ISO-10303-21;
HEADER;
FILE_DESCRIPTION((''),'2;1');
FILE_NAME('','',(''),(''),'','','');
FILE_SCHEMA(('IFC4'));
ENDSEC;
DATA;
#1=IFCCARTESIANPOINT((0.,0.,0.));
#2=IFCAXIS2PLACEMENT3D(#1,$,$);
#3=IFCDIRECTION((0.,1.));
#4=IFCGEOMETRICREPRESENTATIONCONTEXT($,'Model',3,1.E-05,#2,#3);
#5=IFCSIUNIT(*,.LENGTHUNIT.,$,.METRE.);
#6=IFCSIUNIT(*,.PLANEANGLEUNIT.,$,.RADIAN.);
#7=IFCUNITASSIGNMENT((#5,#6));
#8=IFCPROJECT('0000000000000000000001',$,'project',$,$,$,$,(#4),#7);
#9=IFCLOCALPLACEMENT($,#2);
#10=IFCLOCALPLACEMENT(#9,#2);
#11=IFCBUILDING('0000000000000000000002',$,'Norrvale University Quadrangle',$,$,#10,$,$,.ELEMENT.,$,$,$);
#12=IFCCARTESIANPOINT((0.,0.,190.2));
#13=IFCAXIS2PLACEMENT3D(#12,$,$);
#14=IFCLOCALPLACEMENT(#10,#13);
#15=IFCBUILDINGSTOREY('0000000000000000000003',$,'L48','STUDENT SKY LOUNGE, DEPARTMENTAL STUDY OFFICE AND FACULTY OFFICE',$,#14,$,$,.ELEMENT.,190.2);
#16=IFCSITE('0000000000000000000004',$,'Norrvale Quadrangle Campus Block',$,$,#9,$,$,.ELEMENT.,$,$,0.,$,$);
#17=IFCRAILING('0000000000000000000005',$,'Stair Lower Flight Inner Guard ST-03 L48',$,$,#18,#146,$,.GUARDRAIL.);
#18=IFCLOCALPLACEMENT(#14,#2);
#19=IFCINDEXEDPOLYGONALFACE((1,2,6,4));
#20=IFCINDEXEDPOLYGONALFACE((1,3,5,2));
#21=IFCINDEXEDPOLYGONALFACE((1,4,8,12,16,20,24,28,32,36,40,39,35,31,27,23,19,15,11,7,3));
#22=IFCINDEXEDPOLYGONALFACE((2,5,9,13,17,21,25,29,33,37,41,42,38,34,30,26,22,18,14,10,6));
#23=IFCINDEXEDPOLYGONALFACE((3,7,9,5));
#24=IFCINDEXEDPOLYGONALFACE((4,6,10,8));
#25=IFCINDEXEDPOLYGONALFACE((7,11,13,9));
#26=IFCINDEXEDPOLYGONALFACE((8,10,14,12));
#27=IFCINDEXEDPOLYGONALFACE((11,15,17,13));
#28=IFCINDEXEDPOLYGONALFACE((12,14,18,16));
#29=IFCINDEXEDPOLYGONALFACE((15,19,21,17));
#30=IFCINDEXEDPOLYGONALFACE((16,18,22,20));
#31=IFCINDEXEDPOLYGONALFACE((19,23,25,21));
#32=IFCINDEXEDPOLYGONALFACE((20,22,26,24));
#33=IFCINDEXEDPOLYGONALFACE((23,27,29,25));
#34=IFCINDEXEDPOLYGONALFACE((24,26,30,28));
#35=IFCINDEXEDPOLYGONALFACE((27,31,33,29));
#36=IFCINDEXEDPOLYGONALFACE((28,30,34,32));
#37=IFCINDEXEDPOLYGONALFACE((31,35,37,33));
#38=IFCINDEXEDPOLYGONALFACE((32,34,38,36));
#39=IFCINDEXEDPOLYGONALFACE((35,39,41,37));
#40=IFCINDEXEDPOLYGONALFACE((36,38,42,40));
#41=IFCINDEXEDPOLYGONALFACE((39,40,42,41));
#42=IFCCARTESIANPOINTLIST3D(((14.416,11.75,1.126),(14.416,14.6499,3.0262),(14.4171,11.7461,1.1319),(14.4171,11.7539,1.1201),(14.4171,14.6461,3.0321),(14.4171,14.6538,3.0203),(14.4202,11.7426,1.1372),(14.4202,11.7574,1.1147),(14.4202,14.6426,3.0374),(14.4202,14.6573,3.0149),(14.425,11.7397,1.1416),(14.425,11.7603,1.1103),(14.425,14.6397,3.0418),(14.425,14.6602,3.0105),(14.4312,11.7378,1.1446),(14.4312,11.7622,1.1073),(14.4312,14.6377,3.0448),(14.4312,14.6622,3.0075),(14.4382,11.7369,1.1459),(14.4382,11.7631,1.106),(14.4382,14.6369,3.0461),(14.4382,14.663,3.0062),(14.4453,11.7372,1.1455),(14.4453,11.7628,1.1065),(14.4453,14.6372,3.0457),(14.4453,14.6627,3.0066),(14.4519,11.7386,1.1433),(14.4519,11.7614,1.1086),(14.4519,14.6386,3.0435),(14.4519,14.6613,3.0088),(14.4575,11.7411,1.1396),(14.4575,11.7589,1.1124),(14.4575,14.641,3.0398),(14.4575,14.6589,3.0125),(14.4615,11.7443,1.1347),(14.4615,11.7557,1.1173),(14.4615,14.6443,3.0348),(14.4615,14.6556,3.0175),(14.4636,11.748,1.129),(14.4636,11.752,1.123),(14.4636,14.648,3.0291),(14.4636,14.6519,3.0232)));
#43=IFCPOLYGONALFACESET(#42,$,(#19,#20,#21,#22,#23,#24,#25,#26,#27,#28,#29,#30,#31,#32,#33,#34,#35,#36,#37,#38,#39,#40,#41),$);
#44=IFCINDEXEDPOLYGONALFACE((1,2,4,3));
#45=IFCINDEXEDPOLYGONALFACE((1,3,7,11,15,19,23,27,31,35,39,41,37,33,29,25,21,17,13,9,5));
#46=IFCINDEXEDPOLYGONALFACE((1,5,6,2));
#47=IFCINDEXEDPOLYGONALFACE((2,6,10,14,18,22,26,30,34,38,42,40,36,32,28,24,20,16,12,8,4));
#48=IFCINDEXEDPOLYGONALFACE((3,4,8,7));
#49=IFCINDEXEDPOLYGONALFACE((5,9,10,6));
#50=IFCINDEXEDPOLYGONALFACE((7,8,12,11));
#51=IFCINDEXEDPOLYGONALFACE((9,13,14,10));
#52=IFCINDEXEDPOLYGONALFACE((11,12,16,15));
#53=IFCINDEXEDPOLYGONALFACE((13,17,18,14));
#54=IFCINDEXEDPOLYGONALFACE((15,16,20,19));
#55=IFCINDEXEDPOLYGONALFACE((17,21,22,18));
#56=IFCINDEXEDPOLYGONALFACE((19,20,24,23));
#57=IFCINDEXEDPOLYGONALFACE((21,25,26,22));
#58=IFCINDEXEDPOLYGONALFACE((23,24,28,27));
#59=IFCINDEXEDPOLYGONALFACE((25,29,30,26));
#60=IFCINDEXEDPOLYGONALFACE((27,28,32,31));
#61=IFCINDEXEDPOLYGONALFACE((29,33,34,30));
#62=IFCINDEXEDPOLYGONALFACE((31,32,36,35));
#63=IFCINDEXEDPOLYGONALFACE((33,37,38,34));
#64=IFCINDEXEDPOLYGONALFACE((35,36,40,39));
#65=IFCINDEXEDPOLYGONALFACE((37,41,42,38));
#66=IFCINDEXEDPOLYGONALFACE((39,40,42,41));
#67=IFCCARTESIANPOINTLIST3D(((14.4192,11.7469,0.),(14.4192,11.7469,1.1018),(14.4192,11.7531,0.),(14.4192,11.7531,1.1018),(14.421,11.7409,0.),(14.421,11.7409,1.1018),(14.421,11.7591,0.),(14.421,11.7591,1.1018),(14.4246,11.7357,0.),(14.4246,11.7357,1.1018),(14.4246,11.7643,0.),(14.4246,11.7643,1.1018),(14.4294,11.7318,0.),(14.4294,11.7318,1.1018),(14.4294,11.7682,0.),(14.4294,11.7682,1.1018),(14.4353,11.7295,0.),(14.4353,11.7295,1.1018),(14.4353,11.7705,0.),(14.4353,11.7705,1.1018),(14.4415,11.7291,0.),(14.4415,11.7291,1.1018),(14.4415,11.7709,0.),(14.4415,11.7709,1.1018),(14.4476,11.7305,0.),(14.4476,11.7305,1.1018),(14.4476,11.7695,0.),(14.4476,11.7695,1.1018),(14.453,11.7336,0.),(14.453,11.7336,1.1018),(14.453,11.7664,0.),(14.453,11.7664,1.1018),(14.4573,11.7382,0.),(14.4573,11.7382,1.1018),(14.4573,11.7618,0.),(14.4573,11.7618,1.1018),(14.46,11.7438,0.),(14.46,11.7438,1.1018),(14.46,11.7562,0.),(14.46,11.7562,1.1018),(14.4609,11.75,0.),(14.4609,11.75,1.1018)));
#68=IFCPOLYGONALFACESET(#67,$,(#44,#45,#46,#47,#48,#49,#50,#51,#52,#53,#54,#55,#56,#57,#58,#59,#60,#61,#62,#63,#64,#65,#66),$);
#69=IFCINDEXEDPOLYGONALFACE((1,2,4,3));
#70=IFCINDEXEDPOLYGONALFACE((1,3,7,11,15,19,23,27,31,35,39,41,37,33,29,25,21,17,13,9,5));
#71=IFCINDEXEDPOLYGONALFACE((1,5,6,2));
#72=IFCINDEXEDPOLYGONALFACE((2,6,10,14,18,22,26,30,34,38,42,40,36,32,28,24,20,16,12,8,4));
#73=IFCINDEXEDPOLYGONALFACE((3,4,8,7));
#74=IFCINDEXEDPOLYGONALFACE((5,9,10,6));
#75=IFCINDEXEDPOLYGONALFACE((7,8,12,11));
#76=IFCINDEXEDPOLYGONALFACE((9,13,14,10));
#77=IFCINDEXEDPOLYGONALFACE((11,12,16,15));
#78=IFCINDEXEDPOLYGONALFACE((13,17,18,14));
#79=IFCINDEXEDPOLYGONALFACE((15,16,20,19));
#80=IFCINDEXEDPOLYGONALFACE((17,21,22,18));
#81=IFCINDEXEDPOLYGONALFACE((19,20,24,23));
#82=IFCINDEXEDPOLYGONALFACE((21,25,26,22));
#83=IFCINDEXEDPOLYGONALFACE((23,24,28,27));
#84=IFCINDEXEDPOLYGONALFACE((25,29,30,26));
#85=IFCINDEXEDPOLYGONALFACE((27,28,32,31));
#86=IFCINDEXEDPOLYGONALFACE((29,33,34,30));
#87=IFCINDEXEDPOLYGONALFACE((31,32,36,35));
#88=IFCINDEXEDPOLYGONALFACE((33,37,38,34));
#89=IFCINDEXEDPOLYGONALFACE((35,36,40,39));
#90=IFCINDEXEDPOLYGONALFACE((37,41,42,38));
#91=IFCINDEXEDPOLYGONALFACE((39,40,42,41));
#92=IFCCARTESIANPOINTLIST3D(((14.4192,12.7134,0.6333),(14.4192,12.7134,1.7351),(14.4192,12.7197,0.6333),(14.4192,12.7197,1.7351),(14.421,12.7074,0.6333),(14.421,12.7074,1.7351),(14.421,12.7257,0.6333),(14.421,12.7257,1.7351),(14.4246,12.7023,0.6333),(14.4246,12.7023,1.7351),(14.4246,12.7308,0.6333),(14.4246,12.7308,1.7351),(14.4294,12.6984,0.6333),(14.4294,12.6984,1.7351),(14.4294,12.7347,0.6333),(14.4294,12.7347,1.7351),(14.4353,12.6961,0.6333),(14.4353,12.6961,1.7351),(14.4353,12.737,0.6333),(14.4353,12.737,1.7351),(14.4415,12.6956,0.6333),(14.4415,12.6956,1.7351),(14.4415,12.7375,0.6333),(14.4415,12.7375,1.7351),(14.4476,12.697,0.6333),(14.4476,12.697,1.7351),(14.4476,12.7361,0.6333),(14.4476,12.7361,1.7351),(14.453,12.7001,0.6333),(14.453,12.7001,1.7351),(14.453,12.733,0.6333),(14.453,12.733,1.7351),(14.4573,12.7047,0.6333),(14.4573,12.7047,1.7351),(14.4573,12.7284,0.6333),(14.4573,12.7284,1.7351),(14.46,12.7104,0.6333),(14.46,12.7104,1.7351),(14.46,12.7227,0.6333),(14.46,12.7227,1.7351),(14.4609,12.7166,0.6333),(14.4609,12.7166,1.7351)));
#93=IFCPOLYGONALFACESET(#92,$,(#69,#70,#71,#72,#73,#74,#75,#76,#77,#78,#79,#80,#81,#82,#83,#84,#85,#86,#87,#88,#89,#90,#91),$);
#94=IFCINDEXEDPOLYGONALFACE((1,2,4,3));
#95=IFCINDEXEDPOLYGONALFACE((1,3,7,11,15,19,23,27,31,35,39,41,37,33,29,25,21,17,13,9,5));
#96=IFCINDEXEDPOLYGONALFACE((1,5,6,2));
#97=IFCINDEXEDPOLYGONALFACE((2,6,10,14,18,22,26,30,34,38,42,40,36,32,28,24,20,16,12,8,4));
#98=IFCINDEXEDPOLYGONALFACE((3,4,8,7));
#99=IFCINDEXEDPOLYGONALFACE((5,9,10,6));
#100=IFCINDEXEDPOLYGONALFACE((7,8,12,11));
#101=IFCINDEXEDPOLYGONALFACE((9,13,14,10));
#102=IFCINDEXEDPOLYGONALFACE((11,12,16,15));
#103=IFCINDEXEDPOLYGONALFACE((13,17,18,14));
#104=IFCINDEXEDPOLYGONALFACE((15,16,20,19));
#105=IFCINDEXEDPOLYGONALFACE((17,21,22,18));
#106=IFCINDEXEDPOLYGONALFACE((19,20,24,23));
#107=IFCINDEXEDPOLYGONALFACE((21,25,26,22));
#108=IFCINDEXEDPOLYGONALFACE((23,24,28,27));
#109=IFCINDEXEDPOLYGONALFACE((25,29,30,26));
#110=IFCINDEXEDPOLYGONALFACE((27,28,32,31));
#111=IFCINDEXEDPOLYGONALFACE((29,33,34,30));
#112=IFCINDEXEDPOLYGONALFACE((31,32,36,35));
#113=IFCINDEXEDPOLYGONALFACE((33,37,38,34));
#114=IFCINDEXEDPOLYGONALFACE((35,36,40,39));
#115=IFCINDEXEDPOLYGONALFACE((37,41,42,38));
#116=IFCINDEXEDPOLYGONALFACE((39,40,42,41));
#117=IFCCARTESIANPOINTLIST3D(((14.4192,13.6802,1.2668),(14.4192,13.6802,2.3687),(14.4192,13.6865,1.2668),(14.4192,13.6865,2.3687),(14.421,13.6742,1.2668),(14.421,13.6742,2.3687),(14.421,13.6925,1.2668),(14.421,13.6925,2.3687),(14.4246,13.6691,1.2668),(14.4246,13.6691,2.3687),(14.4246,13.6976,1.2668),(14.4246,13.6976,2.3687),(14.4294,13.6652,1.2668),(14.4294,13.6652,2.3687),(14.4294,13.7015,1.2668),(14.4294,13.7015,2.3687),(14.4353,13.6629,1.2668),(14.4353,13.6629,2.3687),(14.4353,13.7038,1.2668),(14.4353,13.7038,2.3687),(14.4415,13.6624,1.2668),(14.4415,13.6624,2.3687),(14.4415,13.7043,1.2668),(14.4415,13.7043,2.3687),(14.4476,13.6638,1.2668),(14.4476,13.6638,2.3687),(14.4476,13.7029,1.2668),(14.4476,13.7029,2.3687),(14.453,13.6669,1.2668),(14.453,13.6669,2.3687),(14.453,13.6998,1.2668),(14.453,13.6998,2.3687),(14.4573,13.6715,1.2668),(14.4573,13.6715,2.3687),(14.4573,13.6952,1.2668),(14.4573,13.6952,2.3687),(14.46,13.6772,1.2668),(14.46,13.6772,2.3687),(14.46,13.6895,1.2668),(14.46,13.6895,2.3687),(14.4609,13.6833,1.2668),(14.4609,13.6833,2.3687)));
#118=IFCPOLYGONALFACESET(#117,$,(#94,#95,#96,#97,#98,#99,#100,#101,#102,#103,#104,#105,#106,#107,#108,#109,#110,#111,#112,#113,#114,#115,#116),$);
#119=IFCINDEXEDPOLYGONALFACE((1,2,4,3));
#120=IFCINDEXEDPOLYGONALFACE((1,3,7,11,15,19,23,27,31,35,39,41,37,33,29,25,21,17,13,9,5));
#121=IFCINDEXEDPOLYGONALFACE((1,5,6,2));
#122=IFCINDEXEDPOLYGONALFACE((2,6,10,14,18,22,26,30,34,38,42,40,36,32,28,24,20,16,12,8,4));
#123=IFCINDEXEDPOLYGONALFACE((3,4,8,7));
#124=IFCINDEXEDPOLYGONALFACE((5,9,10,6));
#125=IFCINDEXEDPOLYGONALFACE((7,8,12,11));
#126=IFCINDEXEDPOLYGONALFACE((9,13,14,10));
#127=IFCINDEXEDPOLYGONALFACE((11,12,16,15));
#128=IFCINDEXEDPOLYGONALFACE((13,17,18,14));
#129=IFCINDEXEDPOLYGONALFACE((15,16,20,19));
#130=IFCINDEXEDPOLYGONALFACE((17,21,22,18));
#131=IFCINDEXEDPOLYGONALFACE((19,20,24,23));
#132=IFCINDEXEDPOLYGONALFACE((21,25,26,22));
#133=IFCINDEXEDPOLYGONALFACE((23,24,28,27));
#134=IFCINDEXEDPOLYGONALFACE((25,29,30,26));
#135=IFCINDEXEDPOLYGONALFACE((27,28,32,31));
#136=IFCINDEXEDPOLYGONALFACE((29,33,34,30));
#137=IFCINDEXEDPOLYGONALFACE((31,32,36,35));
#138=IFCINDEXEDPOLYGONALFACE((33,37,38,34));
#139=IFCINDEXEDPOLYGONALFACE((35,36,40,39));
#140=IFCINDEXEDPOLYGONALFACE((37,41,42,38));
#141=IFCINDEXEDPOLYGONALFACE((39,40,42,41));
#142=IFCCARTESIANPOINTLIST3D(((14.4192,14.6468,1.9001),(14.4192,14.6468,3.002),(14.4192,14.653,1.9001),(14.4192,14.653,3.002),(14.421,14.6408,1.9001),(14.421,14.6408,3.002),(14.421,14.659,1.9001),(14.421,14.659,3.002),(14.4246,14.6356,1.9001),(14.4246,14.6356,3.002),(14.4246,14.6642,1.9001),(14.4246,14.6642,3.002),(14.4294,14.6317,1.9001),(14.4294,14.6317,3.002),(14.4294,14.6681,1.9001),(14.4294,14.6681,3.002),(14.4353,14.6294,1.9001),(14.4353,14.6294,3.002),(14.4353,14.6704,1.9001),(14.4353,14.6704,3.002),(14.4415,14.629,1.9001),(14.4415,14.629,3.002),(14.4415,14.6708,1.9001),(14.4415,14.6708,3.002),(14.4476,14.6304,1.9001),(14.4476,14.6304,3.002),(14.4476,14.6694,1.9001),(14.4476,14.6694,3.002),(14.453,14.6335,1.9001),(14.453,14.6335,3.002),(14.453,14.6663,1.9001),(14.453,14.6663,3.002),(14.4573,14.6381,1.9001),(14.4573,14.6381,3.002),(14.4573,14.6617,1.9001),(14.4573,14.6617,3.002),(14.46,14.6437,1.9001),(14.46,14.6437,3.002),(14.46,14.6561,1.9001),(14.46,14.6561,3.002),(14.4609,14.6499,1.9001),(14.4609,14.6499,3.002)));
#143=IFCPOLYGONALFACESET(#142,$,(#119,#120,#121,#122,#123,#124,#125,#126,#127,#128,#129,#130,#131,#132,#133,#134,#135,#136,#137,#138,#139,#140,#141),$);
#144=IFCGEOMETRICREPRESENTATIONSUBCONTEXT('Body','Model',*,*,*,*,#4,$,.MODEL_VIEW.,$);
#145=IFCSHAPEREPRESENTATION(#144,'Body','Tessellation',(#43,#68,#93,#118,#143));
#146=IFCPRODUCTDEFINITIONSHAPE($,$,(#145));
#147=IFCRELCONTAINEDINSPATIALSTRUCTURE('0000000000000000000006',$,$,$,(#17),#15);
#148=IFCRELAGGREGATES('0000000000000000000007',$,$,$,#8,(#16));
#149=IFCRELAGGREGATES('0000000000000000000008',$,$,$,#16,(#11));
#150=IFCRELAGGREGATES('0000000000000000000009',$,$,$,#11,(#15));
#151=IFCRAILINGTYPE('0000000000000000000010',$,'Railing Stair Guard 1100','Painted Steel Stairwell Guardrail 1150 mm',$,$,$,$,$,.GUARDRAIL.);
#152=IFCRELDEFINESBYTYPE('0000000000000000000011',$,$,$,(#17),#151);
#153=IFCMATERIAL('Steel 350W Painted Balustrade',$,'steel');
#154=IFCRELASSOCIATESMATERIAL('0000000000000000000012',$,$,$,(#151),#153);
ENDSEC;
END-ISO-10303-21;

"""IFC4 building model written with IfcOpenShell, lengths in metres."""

from ifc_helpers import new_model, si_unit, direction, frame, origin, origin_2d, place, context, subcontext, project, spatial, circle, extrude, material, type_object, element, save


model = new_model("IFC4")

# Units and contexts
model_context = context("Model", 3, precision=1e-05, world=origin(), true_north=direction((0.0, 1.0)))
body_context = subcontext(model_context, "Body", "Model", "MODEL_VIEW")
ifc_project = project(units=[si_unit("LENGTHUNIT", "METRE"), si_unit("PLANEANGLEUNIT", "RADIAN")], contexts=[model_context])

# Site, building, storey
site_placement = place(None, origin())
site = spatial("IfcSite", under=ifc_project, at=site_placement, Name="Norrvale Quadrangle Campus Block", CompositionType="ELEMENT", RefElevation=0.0)
building_placement = place(site_placement, origin())
building = spatial("IfcBuilding", under=site, at=building_placement, Name="Norrvale University Quadrangle", CompositionType="ELEMENT")
storey_placement = place(building_placement, frame((0.0, 0.0, 190.2)))
storey = spatial("IfcBuildingStorey", under=building, at=storey_placement, Name="L48", Description="STUDENT SKY LOUNGE, DEPARTMENTAL STUDY OFFICE AND FACULTY OFFICE", CompositionType="ELEMENT", Elevation=190.2)

# Railing
ifc_material_1 = material(Name="Steel 350W Painted Balustrade", Category="steel")
railing_type_1 = type_object("IfcRailingType", Name="Railing Stair Guard 1100", Description="Painted Steel Stairwell Guardrail 1150 mm", PredefinedType="GUARDRAIL", material=ifc_material_1)
railing_1_placement = place(storey_placement, frame((14.4399, 11.75, 0.0)))
element("IfcRailing", 1, at=railing_1_placement, inside=storey, type_object=railing_type_1, Name="Stair Lower Flight Inner Guard ST-03 L48", PredefinedType="GUARDRAIL", context=body_context, shape_type="SweptSolid", body=[
    extrude(circle(Radius=0.0239, at=origin_2d()), frame((0.0, 0.0, 1.126), z_axis=(0.0, 0.836433, 0.548069), x_axis=(-1.0, 0.0, 0.0)), (0.0, 0.0, 1.0), 3.467),
    extrude(circle(Radius=0.021, at=origin_2d()), origin(), (0.0, 0.0, 1.0), 1.1018),
    extrude(circle(Radius=0.021, at=origin_2d()), frame((0.0, 0.9666, 0.6333)), (0.0, 0.0, 1.0), 1.1018),
    extrude(circle(Radius=0.021, at=origin_2d()), frame((0.0, 1.9333, 1.2668)), (0.0, 0.0, 1.0), 1.1018),
    extrude(circle(Radius=0.021, at=origin_2d()), frame((0.0, 2.8999, 1.9001)), (0.0, 0.0, 1.0), 1.1018),
])

save(model, "model.ifc")
